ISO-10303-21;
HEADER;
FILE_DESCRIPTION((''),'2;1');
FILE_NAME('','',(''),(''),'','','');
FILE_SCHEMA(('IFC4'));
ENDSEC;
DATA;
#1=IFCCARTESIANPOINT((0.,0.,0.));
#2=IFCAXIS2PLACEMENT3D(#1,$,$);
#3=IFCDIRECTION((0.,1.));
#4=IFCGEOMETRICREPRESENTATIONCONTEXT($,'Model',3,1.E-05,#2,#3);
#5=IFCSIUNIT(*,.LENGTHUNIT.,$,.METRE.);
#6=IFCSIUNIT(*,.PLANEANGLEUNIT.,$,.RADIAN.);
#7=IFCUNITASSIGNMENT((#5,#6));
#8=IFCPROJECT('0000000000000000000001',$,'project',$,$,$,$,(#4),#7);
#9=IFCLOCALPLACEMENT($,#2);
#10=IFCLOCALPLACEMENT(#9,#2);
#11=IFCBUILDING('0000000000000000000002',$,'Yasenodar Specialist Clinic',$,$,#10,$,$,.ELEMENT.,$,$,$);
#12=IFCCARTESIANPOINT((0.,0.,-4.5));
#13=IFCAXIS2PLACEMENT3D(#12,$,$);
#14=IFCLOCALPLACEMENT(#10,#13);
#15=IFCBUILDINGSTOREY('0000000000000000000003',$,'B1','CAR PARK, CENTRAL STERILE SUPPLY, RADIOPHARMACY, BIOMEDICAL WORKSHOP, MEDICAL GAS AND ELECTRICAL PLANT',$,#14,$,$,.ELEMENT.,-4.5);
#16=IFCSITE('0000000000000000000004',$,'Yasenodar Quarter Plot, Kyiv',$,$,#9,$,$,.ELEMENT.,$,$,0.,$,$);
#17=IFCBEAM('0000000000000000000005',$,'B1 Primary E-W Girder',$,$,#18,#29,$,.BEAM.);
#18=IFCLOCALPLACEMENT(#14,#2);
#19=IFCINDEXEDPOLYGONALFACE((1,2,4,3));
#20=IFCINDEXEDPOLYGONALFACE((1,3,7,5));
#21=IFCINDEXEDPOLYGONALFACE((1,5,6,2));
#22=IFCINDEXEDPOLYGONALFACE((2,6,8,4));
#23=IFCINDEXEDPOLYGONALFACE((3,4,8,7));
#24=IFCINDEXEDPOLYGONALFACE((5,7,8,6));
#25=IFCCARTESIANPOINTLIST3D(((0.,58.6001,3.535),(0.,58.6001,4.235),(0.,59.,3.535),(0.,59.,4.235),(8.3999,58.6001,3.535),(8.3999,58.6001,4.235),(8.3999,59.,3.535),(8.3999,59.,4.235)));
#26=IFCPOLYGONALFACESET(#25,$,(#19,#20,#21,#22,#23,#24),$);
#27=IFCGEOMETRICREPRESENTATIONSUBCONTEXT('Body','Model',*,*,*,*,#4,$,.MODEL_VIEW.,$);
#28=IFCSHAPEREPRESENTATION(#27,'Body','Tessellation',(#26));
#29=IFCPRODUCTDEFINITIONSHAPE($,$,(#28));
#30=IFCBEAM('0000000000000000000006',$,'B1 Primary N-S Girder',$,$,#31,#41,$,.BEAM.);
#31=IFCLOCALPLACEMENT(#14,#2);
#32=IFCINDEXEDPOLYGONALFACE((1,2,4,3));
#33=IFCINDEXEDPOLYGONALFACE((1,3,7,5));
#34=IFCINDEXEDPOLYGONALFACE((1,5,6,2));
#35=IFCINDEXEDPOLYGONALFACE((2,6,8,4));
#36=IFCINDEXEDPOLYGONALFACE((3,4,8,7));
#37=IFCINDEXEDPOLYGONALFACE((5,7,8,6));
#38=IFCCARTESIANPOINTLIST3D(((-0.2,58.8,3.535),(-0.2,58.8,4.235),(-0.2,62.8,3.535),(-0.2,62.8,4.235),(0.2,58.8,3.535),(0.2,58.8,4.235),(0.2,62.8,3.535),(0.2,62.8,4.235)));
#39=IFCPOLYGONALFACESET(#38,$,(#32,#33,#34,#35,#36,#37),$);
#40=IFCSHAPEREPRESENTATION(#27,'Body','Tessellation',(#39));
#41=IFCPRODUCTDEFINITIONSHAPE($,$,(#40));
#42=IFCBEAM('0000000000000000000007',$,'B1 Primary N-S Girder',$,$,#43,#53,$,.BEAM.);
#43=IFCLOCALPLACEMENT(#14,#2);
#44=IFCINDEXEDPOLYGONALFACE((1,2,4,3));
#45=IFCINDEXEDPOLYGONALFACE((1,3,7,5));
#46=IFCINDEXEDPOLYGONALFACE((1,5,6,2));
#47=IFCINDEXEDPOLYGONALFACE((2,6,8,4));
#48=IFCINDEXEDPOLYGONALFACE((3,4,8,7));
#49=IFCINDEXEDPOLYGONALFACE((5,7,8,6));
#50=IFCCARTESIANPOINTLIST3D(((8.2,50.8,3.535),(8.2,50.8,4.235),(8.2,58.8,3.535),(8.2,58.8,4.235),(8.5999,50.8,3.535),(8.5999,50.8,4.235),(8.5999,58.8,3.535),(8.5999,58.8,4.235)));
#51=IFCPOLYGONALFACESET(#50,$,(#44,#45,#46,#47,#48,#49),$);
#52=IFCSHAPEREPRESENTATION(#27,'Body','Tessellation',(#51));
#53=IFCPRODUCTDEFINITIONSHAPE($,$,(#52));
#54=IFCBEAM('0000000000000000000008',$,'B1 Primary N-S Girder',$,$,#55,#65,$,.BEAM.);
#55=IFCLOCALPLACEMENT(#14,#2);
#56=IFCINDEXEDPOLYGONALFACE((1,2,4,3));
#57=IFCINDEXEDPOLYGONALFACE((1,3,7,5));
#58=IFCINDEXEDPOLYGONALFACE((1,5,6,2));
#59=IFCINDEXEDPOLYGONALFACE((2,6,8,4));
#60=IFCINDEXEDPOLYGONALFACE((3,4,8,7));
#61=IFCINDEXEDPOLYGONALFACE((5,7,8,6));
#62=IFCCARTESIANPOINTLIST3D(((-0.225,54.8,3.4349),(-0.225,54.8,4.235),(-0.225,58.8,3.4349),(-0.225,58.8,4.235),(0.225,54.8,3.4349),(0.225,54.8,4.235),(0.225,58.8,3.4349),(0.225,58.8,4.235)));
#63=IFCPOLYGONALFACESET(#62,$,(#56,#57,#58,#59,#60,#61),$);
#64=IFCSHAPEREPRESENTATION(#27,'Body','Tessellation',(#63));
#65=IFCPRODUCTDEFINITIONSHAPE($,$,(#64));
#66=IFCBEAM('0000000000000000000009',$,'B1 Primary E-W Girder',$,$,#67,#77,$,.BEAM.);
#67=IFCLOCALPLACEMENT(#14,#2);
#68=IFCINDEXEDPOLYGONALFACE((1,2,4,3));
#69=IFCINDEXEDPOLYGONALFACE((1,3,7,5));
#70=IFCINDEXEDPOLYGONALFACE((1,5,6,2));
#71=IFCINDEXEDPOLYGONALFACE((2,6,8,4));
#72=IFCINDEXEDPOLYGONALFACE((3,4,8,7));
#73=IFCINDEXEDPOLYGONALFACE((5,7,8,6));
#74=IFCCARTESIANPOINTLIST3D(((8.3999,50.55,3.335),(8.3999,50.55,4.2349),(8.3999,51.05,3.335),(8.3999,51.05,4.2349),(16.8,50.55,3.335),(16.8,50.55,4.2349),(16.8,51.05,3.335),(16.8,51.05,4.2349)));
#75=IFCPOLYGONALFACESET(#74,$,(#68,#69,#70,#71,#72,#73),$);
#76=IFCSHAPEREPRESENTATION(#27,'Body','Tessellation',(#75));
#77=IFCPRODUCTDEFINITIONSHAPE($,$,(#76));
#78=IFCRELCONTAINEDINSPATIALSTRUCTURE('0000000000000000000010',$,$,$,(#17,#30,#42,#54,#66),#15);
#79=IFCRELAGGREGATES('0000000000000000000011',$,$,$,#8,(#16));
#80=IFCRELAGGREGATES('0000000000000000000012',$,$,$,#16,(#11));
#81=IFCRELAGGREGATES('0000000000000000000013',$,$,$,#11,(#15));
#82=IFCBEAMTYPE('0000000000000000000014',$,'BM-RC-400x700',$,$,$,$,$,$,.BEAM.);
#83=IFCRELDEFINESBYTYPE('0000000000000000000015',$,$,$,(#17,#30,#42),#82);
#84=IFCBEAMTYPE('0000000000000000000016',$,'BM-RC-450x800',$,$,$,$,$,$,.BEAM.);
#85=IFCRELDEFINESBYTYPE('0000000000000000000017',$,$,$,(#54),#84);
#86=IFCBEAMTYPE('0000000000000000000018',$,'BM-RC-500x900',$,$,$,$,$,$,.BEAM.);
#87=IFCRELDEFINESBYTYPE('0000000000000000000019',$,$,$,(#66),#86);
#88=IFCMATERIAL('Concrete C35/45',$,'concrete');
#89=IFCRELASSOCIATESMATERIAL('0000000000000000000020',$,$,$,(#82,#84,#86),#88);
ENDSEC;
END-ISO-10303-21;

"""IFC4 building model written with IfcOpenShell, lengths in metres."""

from ifc_helpers import new_model, si_unit, direction, frame, origin, origin_2d, place, context, subcontext, project, spatial, rectangle, extrude, material, material_profile, profile_set, type_object, element, save


model = new_model("IFC4")

# Units and contexts
model_context = context("Model", 3, precision=1e-05, world=origin(), true_north=direction((0.0, 1.0)))
body_context = subcontext(model_context, "Body", "Model", "MODEL_VIEW")
ifc_project = project(units=[si_unit("LENGTHUNIT", "METRE"), si_unit("PLANEANGLEUNIT", "RADIAN")], contexts=[model_context])

# Site, building, storey
site_placement = place(None, origin())
site = spatial("IfcSite", under=ifc_project, at=site_placement, Name="Yasenodar Quarter Plot, Kyiv", CompositionType="ELEMENT", RefElevation=0.0)
building_placement = place(site_placement, origin())
building = spatial("IfcBuilding", under=site, at=building_placement, Name="Yasenodar Specialist Clinic", CompositionType="ELEMENT")
storey_placement = place(building_placement, frame((0.0, 0.0, -4.5)))
storey = spatial("IfcBuildingStorey", under=building, at=storey_placement, Name="B1", Description="CAR PARK, CENTRAL STERILE SUPPLY, RADIOPHARMACY, BIOMEDICAL WORKSHOP, MEDICAL GAS AND ELECTRICAL PLANT", CompositionType="ELEMENT", Elevation=-4.5)

# Shared definitions
ifc_material_1 = material(Name="Concrete C35/45", Category="concrete")

# Beams
ifc_material_profile_1 = material_profile(ifc_material_1, rectangle(XDim=0.3999, YDim=0.7, at=origin_2d()), Name="RC 400x700")
ifc_profile_set_1 = profile_set([ifc_material_profile_1], Name="Concrete C35/45")
beam_type_1 = type_object("IfcBeamType", Name="BM-RC-400x700", PredefinedType="BEAM", material=ifc_profile_set_1)
beam_1_placement = place(storey_placement, frame((0.0, 58.8, 3.885), z_axis=(1.0, 0.0, 0.0), x_axis=(0.0, 1.0, 0.0)))
element("IfcBeam", 1, at=beam_1_placement, inside=storey, type_object=beam_type_1, Name="B1 Primary E-W Girder", PredefinedType="BEAM", context=body_context, shape_type="SweptSolid", body=[
    extrude(rectangle(XDim=0.3999, YDim=0.7, at=origin_2d()), origin(), (0.0, 0.0, 1.0), 8.3999),
])
beam_2_placement = place(storey_placement, frame((0.0, 58.8, 3.885), z_axis=(0.0, 1.0, 0.0), x_axis=(-1.0, 0.0, 0.0)))
element("IfcBeam", 2, at=beam_2_placement, inside=storey, type_object=beam_type_1, Name="B1 Primary N-S Girder", PredefinedType="BEAM", context=body_context, shape_type="SweptSolid", body=[
    extrude(rectangle(XDim=0.3999, YDim=0.7, at=origin_2d()), origin(), (0.0, 0.0, 1.0), 4.0),
])
beam_3_placement = place(storey_placement, frame((8.3999, 50.8, 3.885), z_axis=(0.0, 1.0, 0.0), x_axis=(-1.0, 0.0, 0.0)))
element("IfcBeam", 3, at=beam_3_placement, inside=storey, type_object=beam_type_1, Name="B1 Primary N-S Girder", PredefinedType="BEAM", context=body_context, shape_type="SweptSolid", body=[
    extrude(rectangle(XDim=0.3999, YDim=0.7, at=origin_2d()), origin(), (0.0, 0.0, 1.0), 8.0),
])
ifc_material_profile_2 = material_profile(ifc_material_1, rectangle(XDim=0.45, YDim=0.8, at=origin_2d()), Name="RC 450x800")
ifc_profile_set_2 = profile_set([ifc_material_profile_2], Name="Concrete C35/45")
beam_type_2 = type_object("IfcBeamType", Name="BM-RC-450x800", PredefinedType="BEAM", material=ifc_profile_set_2)
beam_4_placement = place(storey_placement, frame((0.0, 54.8, 3.835), z_axis=(0.0, 1.0, 0.0), x_axis=(-1.0, 0.0, 0.0)))
element("IfcBeam", 4, at=beam_4_placement, inside=storey, type_object=beam_type_2, Name="B1 Primary N-S Girder", PredefinedType="BEAM", context=body_context, shape_type="SweptSolid", body=[
    extrude(rectangle(XDim=0.45, YDim=0.8, at=origin_2d()), origin(), (0.0, 0.0, 1.0), 4.0),
])
ifc_material_profile_3 = material_profile(ifc_material_1, rectangle(XDim=0.5, YDim=0.8999, at=origin_2d()), Name="RC 500x900")
ifc_profile_set_3 = profile_set([ifc_material_profile_3], Name="Concrete C35/45")
beam_type_3 = type_object("IfcBeamType", Name="BM-RC-500x900", PredefinedType="BEAM", material=ifc_profile_set_3)
beam_5_placement = place(storey_placement, frame((8.3999, 50.8, 3.7849), z_axis=(1.0, 0.0, 0.0), x_axis=(0.0, 1.0, 0.0)))
element("IfcBeam", 5, at=beam_5_placement, inside=storey, type_object=beam_type_3, Name="B1 Primary E-W Girder", PredefinedType="BEAM", context=body_context, shape_type="SweptSolid", body=[
    extrude(rectangle(XDim=0.5, YDim=0.8999, at=origin_2d()), origin(), (0.0, 0.0, 1.0), 8.4001),
])

save(model, "model.ifc")
